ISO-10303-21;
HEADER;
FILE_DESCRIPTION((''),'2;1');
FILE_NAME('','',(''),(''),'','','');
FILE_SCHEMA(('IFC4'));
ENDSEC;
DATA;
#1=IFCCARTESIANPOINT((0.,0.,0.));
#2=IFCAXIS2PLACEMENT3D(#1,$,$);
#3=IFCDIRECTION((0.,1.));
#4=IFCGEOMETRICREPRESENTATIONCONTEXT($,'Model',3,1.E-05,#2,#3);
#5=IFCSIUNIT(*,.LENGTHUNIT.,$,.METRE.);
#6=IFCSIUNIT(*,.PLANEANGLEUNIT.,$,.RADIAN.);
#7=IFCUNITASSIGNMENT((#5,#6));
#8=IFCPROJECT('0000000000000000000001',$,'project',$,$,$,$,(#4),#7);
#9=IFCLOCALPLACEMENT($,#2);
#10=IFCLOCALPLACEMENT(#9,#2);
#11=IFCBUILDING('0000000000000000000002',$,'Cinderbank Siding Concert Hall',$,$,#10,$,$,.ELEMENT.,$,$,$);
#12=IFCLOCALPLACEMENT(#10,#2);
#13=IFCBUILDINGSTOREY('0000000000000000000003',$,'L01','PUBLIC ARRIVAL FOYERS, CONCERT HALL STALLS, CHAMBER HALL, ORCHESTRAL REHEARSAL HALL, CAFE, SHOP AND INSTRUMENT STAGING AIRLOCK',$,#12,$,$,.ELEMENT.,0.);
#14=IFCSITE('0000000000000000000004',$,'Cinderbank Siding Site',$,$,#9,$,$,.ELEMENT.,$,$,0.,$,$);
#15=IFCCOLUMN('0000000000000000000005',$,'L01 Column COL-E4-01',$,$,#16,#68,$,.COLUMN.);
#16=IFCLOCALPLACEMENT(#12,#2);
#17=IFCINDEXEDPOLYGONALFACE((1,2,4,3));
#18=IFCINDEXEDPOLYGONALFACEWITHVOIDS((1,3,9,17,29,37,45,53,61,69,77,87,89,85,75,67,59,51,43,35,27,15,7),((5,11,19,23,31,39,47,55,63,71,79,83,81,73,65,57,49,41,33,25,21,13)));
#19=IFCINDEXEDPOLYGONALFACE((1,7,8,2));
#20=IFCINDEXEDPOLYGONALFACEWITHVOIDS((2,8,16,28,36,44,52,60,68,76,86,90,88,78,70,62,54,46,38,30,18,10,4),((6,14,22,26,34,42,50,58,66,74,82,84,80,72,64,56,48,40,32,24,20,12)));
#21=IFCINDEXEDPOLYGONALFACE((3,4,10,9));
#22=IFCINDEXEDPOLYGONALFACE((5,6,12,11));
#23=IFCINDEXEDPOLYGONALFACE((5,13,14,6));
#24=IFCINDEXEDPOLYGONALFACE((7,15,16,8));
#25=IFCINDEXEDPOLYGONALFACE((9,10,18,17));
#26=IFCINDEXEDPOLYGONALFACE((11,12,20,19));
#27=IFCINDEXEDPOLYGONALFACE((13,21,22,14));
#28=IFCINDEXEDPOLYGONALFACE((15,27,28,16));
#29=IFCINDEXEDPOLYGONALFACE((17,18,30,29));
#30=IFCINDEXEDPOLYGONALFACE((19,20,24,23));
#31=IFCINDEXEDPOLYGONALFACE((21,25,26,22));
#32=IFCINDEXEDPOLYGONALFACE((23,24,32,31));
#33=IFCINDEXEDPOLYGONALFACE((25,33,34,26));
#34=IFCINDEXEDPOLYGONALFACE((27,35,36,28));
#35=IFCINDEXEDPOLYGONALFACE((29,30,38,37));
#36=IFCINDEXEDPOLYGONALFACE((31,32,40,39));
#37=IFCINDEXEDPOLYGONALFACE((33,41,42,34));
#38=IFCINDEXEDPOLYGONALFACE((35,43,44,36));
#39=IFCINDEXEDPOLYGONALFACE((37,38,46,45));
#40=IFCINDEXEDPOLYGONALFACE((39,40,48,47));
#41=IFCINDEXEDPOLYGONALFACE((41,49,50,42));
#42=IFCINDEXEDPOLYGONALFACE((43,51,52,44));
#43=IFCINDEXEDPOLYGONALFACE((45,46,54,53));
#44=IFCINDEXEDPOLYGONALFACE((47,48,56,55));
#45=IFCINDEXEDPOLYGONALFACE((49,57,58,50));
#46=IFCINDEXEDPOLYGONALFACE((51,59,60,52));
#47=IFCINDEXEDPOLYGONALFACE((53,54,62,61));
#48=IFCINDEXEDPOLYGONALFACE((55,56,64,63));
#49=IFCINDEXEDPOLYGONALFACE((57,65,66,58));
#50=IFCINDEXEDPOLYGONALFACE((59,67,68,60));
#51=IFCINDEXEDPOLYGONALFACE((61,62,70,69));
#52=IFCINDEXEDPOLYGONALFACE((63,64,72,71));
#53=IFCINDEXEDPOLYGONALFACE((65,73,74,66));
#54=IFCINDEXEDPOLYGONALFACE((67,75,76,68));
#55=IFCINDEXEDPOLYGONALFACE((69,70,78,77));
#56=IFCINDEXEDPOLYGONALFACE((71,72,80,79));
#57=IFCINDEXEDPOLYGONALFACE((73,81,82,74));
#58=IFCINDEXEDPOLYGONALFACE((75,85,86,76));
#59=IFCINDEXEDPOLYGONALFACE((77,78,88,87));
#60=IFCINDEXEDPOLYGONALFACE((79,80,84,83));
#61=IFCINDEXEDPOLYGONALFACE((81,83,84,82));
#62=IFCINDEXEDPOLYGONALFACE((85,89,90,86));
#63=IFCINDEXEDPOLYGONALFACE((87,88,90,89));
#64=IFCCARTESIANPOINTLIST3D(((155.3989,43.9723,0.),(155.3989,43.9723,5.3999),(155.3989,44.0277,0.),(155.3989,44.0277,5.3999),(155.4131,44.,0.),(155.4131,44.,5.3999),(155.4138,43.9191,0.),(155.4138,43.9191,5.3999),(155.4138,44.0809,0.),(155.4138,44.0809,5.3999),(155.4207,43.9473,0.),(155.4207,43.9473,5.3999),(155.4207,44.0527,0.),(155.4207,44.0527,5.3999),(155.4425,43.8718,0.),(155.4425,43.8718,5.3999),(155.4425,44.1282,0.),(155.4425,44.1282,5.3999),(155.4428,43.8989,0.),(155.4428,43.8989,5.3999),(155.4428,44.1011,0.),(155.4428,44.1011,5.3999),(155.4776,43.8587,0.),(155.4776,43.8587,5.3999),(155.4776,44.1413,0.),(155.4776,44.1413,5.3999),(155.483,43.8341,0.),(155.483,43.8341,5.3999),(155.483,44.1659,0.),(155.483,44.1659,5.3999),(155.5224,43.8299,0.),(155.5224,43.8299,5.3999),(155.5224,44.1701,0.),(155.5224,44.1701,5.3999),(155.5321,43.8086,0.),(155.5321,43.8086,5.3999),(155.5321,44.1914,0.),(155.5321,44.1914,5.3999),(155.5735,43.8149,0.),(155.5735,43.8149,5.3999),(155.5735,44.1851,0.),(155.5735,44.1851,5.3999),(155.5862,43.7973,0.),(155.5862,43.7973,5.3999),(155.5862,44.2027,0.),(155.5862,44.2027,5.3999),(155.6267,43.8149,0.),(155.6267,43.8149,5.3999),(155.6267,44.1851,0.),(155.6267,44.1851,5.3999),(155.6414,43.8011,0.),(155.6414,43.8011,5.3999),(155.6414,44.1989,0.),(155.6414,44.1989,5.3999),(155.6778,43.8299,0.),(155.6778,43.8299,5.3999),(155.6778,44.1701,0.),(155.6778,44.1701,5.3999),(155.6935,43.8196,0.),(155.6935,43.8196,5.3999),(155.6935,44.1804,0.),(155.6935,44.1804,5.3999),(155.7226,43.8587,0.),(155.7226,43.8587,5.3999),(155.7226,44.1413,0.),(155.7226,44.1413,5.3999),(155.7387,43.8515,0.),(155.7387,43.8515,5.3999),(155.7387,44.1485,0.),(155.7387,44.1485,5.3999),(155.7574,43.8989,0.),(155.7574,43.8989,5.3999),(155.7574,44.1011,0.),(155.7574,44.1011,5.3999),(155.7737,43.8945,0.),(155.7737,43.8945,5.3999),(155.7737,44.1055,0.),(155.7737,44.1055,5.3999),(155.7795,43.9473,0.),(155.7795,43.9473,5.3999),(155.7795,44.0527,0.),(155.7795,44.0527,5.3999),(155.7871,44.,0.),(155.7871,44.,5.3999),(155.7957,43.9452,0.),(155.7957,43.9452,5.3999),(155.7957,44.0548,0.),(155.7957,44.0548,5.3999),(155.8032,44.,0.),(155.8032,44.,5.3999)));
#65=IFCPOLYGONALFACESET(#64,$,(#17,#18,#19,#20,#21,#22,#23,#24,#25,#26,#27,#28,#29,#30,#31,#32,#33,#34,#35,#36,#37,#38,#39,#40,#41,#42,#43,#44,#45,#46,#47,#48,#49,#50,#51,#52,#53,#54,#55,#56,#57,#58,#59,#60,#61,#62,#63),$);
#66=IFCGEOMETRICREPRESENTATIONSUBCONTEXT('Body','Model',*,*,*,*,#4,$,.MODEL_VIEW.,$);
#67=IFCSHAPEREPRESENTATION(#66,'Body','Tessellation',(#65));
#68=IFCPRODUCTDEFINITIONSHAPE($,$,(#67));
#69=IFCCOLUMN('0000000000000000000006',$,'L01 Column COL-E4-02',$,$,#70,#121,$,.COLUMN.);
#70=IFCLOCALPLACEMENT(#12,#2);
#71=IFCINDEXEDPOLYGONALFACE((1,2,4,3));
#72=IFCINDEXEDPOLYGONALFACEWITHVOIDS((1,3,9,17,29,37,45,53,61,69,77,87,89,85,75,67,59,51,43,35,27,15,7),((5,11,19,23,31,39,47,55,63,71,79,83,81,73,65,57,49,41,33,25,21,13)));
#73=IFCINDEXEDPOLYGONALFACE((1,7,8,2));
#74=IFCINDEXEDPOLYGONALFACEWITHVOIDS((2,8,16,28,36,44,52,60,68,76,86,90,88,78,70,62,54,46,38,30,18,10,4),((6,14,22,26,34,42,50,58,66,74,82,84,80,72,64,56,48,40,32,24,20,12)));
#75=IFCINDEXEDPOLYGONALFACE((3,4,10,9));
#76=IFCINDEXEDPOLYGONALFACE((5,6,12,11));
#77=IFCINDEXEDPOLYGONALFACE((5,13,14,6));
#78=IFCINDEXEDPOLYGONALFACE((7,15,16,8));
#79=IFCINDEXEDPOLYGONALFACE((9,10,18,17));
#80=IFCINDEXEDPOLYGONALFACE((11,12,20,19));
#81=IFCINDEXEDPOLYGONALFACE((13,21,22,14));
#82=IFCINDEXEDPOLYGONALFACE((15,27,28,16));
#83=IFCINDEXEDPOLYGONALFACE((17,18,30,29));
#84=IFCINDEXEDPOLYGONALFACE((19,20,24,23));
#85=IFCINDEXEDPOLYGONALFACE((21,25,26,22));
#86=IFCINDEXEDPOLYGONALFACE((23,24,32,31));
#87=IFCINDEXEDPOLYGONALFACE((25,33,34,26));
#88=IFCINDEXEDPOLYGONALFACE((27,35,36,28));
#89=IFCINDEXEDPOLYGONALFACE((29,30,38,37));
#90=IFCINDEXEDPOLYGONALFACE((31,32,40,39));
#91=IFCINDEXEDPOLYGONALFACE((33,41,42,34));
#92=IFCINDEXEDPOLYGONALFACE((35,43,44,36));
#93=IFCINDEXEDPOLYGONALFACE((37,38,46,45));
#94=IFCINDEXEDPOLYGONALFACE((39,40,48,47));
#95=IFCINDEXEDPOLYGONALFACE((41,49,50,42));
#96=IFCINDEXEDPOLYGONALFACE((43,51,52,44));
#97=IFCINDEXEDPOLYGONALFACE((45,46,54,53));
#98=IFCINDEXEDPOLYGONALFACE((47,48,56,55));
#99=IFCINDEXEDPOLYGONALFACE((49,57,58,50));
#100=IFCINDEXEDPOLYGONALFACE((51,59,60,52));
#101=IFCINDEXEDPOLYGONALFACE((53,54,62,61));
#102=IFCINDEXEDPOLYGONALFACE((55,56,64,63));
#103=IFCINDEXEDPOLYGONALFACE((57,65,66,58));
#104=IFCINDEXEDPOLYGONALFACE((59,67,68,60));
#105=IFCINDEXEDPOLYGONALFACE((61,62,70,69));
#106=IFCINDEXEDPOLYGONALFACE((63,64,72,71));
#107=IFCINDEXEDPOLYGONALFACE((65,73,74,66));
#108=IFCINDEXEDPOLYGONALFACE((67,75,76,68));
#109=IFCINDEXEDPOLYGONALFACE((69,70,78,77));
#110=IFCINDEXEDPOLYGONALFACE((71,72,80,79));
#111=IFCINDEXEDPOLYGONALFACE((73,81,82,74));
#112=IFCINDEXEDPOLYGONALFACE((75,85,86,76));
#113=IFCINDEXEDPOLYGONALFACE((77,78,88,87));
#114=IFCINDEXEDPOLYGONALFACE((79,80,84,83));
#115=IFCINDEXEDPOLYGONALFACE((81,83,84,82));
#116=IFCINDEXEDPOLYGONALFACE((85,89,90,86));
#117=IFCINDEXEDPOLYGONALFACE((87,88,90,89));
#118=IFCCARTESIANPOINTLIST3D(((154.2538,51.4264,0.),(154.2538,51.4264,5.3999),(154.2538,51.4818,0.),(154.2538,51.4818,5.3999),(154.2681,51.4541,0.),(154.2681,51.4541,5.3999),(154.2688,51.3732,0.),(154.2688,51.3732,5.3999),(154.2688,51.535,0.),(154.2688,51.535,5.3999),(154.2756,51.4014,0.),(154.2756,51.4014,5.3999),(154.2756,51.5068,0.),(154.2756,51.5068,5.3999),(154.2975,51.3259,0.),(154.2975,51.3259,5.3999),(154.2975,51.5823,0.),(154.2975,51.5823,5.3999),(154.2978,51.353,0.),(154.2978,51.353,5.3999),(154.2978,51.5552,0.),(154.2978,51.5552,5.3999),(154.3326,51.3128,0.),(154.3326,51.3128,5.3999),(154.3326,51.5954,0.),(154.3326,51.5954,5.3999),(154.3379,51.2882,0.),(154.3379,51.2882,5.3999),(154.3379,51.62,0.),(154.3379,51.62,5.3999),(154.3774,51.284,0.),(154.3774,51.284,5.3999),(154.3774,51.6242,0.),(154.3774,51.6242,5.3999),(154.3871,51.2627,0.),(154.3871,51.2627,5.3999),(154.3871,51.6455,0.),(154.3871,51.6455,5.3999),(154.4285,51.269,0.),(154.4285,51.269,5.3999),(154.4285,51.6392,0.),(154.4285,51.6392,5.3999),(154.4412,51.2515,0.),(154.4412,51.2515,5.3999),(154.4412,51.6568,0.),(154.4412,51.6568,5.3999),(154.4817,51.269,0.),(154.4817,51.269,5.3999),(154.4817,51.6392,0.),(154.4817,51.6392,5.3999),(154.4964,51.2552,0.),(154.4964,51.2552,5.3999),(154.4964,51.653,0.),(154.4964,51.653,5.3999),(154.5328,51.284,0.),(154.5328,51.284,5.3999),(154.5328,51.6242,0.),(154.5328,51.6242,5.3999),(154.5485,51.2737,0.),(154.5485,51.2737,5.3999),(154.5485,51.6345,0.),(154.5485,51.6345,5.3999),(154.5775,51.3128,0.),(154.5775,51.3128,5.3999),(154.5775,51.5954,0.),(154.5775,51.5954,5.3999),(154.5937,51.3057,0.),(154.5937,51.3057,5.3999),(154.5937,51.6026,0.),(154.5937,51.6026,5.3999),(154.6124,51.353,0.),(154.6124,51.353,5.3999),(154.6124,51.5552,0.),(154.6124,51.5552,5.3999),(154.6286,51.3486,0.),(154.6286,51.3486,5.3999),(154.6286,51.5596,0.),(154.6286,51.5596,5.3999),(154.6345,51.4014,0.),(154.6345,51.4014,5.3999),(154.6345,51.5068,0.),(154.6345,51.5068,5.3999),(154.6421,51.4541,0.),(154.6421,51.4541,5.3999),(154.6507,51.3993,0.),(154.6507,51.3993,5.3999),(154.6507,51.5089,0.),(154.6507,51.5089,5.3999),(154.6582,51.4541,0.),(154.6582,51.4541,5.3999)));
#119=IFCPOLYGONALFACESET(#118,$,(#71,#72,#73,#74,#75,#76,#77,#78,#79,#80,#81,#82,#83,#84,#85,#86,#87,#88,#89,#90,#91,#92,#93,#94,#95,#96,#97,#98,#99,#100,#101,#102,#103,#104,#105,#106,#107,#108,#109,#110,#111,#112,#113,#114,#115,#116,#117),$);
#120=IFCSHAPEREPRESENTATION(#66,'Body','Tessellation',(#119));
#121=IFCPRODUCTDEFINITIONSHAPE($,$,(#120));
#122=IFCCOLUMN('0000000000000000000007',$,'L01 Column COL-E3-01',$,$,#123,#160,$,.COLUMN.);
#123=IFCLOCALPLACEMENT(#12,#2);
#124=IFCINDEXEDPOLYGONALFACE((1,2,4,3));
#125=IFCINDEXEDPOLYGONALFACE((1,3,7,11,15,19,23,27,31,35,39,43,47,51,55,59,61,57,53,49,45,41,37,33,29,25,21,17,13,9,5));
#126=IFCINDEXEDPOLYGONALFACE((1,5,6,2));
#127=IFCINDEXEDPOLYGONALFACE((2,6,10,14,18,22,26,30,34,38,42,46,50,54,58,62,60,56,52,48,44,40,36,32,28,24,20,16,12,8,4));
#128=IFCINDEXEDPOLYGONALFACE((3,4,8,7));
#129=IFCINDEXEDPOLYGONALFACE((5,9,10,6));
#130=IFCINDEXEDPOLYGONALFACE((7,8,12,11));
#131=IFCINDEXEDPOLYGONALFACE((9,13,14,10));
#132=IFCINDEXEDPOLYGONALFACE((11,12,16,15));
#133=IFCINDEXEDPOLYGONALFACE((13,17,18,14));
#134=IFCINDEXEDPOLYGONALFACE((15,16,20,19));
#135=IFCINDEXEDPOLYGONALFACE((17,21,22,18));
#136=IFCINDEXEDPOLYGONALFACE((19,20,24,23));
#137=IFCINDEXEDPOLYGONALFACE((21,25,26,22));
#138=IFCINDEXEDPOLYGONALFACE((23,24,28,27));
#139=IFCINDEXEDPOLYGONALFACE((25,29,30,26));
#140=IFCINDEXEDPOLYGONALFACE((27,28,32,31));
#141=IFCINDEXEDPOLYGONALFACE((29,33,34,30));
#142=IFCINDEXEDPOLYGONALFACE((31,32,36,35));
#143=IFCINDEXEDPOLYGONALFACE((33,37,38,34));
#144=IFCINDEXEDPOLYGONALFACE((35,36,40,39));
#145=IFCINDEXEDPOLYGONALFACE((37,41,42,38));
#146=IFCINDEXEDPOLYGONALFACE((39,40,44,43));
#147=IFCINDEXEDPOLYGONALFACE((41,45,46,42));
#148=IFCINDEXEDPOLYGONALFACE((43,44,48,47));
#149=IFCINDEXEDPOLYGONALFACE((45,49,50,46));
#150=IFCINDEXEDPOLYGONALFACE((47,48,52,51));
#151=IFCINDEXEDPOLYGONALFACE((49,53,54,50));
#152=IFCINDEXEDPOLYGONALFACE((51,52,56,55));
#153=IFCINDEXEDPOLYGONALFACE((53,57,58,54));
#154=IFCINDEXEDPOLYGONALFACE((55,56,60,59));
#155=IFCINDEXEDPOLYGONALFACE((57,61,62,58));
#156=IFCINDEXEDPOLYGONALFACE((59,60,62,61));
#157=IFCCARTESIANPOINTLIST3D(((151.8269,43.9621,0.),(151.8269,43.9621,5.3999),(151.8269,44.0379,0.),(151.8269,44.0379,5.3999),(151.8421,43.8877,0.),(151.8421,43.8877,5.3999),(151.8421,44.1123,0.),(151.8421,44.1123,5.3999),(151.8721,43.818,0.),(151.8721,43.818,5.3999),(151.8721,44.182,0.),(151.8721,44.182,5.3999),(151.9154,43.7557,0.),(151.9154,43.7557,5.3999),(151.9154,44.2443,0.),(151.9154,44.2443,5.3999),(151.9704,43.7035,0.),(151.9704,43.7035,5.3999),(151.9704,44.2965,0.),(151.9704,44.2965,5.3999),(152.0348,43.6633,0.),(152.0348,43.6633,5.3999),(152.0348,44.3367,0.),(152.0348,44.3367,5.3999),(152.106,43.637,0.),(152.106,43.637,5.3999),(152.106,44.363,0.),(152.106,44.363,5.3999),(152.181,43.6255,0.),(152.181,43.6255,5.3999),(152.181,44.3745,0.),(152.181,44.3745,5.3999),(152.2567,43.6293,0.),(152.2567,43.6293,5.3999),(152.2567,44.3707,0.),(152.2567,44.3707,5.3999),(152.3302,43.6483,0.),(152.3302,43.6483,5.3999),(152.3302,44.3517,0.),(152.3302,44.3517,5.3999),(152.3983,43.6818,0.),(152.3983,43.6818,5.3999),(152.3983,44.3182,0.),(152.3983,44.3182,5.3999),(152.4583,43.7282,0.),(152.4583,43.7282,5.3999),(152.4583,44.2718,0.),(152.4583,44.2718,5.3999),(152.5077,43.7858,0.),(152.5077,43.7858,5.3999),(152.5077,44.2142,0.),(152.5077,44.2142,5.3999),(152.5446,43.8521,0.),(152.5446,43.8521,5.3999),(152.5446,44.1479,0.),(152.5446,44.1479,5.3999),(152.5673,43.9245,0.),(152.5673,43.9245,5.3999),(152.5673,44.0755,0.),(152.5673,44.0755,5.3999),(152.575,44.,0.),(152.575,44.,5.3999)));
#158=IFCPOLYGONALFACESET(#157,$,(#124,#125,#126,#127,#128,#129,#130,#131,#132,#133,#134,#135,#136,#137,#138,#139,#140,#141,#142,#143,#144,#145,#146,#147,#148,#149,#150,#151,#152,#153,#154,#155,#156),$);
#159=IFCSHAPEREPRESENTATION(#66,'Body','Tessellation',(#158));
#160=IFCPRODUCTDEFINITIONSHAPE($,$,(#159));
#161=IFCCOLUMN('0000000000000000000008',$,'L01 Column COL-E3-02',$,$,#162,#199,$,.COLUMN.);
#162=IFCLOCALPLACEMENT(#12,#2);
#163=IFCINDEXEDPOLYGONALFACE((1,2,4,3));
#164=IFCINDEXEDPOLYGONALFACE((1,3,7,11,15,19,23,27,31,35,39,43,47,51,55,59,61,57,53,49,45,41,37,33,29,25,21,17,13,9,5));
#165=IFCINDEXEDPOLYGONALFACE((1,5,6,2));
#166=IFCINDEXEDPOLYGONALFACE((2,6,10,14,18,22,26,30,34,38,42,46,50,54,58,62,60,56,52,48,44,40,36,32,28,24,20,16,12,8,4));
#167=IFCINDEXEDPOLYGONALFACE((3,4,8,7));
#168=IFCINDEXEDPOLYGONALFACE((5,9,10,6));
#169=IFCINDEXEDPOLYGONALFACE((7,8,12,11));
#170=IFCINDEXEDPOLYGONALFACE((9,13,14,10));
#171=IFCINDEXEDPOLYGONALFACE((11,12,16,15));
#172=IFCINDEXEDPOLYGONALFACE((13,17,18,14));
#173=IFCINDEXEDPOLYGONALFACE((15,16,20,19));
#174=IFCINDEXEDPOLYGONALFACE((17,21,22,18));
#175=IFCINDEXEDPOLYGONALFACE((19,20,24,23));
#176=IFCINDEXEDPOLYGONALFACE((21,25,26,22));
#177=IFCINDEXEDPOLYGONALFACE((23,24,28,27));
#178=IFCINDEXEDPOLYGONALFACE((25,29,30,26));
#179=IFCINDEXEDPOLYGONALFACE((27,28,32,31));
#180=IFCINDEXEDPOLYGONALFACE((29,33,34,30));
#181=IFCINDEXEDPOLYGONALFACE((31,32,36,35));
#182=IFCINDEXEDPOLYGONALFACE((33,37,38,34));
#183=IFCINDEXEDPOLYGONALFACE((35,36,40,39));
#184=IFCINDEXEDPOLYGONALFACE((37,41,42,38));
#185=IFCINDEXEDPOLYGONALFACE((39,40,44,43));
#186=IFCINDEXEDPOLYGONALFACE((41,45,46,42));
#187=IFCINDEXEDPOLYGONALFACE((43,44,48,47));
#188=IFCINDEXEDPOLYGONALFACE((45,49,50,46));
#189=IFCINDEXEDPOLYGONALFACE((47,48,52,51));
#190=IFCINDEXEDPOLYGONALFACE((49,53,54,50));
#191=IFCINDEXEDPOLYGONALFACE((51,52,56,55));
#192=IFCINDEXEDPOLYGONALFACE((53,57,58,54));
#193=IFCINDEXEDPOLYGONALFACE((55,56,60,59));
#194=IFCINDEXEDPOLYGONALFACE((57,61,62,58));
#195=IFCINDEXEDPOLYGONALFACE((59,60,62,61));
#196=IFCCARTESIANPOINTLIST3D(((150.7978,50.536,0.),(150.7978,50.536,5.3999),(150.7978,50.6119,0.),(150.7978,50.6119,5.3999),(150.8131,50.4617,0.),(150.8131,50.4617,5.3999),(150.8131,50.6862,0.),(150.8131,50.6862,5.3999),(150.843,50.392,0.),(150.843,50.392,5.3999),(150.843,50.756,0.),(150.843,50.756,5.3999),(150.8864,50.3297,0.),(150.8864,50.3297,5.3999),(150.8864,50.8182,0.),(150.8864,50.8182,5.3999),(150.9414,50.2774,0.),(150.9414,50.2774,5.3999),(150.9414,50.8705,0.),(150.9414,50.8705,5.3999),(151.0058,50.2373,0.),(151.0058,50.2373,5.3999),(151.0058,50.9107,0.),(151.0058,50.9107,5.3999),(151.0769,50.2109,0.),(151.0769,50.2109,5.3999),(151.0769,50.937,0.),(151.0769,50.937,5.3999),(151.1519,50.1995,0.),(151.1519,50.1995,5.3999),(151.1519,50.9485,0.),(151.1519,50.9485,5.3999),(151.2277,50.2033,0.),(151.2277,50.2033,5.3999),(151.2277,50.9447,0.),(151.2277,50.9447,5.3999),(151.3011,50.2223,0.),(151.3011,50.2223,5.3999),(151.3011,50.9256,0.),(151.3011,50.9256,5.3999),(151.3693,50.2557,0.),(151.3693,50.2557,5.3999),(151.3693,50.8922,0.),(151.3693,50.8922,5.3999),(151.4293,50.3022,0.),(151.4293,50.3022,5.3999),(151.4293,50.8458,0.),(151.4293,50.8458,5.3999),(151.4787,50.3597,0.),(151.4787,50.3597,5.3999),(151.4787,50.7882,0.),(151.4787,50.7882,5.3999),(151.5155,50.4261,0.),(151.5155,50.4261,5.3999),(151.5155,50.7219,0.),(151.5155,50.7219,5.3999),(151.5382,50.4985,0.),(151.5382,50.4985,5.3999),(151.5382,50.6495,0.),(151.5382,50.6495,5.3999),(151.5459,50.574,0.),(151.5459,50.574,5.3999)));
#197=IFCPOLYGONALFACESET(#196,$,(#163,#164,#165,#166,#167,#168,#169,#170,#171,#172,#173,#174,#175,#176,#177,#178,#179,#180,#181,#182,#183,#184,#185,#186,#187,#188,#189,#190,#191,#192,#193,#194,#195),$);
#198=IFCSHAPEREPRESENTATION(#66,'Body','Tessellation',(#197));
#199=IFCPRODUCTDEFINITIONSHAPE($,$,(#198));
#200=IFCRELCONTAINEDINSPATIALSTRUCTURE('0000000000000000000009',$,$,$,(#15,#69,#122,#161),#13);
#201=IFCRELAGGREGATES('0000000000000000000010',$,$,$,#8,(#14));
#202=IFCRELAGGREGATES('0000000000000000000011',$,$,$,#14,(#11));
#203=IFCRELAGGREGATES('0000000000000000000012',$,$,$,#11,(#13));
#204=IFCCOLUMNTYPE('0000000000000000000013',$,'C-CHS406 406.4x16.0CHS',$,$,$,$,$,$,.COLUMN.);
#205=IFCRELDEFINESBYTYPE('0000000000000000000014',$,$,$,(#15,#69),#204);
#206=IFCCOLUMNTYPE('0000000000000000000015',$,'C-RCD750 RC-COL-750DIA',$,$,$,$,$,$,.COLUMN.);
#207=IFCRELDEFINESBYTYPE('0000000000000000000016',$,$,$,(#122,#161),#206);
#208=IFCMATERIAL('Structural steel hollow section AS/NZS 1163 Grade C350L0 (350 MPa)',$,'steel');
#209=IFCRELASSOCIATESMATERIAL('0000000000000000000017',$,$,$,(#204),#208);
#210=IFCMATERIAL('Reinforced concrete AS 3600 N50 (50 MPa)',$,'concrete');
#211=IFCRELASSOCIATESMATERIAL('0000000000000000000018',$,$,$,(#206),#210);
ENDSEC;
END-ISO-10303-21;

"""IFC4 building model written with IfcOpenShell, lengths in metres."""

from ifc_helpers import new_model, si_unit, direction, frame, origin, origin_2d, place, context, subcontext, project, spatial, circle, hollow_circle, extrude, material, material_profile, profile_set, type_object, element, save


model = new_model("IFC4")

# Units and contexts
model_context = context("Model", 3, precision=1e-05, world=origin(), true_north=direction((0.0, 1.0)))
body_context = subcontext(model_context, "Body", "Model", "MODEL_VIEW")
ifc_project = project(units=[si_unit("LENGTHUNIT", "METRE"), si_unit("PLANEANGLEUNIT", "RADIAN")], contexts=[model_context])

# Site, building, storey
site_placement = place(None, origin())
site = spatial("IfcSite", under=ifc_project, at=site_placement, Name="Cinderbank Siding Site", CompositionType="ELEMENT", RefElevation=0.0)
building_placement = place(site_placement, origin())
building = spatial("IfcBuilding", under=site, at=building_placement, Name="Cinderbank Siding Concert Hall", CompositionType="ELEMENT")
storey_placement = place(building_placement, origin())
storey = spatial("IfcBuildingStorey", under=building, at=storey_placement, Name="L01", Description="PUBLIC ARRIVAL FOYERS, CONCERT HALL STALLS, CHAMBER HALL, ORCHESTRAL REHEARSAL HALL, CAFE, SHOP AND INSTRUMENT STAGING AIRLOCK", CompositionType="ELEMENT", Elevation=0.0)

# Columns
ifc_material_1 = material(Name="Structural steel hollow section AS/NZS 1163 Grade C350L0 (350 MPa)", Category="steel")
ifc_material_profile_1 = material_profile(ifc_material_1, hollow_circle(Radius=0.2031, WallThickness=0.0161, at=origin_2d()), Name="406.4x16.0CHS", Category="LoadBearing")
ifc_profile_set_1 = profile_set([ifc_material_profile_1], Name="Structural steel hollow section AS/NZS 1163 Grade C350L0 (350 MPa)")
column_type_1 = type_object("IfcColumnType", Name="C-CHS406 406.4x16.0CHS", PredefinedType="COLUMN", material=ifc_profile_set_1)
for number, where, z_axis, x_axis, name in (
    (1, (155.6001, 44.0, 0.0), (0.0, 0.0, 1.0), (1.0, 0.0, 0.0), "L01 Column COL-E4-01"),
    (2, (154.4551, 51.4541, 0.0), (0.0, 0.0, 1.0), (1.0, 0.0, 0.0), "L01 Column COL-E4-02"),
):
    element("IfcColumn", number, at=place(storey_placement, frame(where, z_axis=z_axis, x_axis=x_axis)), inside=storey, type_object=column_type_1, Name=name, PredefinedType="COLUMN", context=body_context, shape_type="SweptSolid", body=[
        extrude(hollow_circle(Radius=0.2031, WallThickness=0.0161, at=origin_2d()), origin(), (0.0, 0.0, 1.0), 5.3999),
    ])
ifc_material_2 = material(Name="Reinforced concrete AS 3600 N50 (50 MPa)", Category="concrete")
ifc_material_profile_2 = material_profile(ifc_material_2, circle(Radius=0.375, at=origin_2d()), Name="RC-COL-750DIA", Category="LoadBearing")
ifc_profile_set_2 = profile_set([ifc_material_profile_2], Name="Reinforced concrete AS 3600 N50 (50 MPa)")
column_type_2 = type_object("IfcColumnType", Name="C-RCD750 RC-COL-750DIA", PredefinedType="COLUMN", material=ifc_profile_set_2)
for number, where, z_axis, x_axis, name in (
    (3, (152.2, 44.0, 0.0), (0.0, 0.0, 1.0), (1.0, 0.0, 0.0), "L01 Column COL-E3-01"),
    (4, (151.1709, 50.574, 0.0), (0.0, 0.0, 1.0), (1.0, 0.0, 0.0), "L01 Column COL-E3-02"),
):
    element("IfcColumn", number, at=place(storey_placement, frame(where, z_axis=z_axis, x_axis=x_axis)), inside=storey, type_object=column_type_2, Name=name, PredefinedType="COLUMN", context=body_context, shape_type="SweptSolid", body=[
        extrude(circle(Radius=0.375, at=origin_2d()), origin(), (0.0, 0.0, 1.0), 5.3999),
    ])

save(model, "model.ifc")
